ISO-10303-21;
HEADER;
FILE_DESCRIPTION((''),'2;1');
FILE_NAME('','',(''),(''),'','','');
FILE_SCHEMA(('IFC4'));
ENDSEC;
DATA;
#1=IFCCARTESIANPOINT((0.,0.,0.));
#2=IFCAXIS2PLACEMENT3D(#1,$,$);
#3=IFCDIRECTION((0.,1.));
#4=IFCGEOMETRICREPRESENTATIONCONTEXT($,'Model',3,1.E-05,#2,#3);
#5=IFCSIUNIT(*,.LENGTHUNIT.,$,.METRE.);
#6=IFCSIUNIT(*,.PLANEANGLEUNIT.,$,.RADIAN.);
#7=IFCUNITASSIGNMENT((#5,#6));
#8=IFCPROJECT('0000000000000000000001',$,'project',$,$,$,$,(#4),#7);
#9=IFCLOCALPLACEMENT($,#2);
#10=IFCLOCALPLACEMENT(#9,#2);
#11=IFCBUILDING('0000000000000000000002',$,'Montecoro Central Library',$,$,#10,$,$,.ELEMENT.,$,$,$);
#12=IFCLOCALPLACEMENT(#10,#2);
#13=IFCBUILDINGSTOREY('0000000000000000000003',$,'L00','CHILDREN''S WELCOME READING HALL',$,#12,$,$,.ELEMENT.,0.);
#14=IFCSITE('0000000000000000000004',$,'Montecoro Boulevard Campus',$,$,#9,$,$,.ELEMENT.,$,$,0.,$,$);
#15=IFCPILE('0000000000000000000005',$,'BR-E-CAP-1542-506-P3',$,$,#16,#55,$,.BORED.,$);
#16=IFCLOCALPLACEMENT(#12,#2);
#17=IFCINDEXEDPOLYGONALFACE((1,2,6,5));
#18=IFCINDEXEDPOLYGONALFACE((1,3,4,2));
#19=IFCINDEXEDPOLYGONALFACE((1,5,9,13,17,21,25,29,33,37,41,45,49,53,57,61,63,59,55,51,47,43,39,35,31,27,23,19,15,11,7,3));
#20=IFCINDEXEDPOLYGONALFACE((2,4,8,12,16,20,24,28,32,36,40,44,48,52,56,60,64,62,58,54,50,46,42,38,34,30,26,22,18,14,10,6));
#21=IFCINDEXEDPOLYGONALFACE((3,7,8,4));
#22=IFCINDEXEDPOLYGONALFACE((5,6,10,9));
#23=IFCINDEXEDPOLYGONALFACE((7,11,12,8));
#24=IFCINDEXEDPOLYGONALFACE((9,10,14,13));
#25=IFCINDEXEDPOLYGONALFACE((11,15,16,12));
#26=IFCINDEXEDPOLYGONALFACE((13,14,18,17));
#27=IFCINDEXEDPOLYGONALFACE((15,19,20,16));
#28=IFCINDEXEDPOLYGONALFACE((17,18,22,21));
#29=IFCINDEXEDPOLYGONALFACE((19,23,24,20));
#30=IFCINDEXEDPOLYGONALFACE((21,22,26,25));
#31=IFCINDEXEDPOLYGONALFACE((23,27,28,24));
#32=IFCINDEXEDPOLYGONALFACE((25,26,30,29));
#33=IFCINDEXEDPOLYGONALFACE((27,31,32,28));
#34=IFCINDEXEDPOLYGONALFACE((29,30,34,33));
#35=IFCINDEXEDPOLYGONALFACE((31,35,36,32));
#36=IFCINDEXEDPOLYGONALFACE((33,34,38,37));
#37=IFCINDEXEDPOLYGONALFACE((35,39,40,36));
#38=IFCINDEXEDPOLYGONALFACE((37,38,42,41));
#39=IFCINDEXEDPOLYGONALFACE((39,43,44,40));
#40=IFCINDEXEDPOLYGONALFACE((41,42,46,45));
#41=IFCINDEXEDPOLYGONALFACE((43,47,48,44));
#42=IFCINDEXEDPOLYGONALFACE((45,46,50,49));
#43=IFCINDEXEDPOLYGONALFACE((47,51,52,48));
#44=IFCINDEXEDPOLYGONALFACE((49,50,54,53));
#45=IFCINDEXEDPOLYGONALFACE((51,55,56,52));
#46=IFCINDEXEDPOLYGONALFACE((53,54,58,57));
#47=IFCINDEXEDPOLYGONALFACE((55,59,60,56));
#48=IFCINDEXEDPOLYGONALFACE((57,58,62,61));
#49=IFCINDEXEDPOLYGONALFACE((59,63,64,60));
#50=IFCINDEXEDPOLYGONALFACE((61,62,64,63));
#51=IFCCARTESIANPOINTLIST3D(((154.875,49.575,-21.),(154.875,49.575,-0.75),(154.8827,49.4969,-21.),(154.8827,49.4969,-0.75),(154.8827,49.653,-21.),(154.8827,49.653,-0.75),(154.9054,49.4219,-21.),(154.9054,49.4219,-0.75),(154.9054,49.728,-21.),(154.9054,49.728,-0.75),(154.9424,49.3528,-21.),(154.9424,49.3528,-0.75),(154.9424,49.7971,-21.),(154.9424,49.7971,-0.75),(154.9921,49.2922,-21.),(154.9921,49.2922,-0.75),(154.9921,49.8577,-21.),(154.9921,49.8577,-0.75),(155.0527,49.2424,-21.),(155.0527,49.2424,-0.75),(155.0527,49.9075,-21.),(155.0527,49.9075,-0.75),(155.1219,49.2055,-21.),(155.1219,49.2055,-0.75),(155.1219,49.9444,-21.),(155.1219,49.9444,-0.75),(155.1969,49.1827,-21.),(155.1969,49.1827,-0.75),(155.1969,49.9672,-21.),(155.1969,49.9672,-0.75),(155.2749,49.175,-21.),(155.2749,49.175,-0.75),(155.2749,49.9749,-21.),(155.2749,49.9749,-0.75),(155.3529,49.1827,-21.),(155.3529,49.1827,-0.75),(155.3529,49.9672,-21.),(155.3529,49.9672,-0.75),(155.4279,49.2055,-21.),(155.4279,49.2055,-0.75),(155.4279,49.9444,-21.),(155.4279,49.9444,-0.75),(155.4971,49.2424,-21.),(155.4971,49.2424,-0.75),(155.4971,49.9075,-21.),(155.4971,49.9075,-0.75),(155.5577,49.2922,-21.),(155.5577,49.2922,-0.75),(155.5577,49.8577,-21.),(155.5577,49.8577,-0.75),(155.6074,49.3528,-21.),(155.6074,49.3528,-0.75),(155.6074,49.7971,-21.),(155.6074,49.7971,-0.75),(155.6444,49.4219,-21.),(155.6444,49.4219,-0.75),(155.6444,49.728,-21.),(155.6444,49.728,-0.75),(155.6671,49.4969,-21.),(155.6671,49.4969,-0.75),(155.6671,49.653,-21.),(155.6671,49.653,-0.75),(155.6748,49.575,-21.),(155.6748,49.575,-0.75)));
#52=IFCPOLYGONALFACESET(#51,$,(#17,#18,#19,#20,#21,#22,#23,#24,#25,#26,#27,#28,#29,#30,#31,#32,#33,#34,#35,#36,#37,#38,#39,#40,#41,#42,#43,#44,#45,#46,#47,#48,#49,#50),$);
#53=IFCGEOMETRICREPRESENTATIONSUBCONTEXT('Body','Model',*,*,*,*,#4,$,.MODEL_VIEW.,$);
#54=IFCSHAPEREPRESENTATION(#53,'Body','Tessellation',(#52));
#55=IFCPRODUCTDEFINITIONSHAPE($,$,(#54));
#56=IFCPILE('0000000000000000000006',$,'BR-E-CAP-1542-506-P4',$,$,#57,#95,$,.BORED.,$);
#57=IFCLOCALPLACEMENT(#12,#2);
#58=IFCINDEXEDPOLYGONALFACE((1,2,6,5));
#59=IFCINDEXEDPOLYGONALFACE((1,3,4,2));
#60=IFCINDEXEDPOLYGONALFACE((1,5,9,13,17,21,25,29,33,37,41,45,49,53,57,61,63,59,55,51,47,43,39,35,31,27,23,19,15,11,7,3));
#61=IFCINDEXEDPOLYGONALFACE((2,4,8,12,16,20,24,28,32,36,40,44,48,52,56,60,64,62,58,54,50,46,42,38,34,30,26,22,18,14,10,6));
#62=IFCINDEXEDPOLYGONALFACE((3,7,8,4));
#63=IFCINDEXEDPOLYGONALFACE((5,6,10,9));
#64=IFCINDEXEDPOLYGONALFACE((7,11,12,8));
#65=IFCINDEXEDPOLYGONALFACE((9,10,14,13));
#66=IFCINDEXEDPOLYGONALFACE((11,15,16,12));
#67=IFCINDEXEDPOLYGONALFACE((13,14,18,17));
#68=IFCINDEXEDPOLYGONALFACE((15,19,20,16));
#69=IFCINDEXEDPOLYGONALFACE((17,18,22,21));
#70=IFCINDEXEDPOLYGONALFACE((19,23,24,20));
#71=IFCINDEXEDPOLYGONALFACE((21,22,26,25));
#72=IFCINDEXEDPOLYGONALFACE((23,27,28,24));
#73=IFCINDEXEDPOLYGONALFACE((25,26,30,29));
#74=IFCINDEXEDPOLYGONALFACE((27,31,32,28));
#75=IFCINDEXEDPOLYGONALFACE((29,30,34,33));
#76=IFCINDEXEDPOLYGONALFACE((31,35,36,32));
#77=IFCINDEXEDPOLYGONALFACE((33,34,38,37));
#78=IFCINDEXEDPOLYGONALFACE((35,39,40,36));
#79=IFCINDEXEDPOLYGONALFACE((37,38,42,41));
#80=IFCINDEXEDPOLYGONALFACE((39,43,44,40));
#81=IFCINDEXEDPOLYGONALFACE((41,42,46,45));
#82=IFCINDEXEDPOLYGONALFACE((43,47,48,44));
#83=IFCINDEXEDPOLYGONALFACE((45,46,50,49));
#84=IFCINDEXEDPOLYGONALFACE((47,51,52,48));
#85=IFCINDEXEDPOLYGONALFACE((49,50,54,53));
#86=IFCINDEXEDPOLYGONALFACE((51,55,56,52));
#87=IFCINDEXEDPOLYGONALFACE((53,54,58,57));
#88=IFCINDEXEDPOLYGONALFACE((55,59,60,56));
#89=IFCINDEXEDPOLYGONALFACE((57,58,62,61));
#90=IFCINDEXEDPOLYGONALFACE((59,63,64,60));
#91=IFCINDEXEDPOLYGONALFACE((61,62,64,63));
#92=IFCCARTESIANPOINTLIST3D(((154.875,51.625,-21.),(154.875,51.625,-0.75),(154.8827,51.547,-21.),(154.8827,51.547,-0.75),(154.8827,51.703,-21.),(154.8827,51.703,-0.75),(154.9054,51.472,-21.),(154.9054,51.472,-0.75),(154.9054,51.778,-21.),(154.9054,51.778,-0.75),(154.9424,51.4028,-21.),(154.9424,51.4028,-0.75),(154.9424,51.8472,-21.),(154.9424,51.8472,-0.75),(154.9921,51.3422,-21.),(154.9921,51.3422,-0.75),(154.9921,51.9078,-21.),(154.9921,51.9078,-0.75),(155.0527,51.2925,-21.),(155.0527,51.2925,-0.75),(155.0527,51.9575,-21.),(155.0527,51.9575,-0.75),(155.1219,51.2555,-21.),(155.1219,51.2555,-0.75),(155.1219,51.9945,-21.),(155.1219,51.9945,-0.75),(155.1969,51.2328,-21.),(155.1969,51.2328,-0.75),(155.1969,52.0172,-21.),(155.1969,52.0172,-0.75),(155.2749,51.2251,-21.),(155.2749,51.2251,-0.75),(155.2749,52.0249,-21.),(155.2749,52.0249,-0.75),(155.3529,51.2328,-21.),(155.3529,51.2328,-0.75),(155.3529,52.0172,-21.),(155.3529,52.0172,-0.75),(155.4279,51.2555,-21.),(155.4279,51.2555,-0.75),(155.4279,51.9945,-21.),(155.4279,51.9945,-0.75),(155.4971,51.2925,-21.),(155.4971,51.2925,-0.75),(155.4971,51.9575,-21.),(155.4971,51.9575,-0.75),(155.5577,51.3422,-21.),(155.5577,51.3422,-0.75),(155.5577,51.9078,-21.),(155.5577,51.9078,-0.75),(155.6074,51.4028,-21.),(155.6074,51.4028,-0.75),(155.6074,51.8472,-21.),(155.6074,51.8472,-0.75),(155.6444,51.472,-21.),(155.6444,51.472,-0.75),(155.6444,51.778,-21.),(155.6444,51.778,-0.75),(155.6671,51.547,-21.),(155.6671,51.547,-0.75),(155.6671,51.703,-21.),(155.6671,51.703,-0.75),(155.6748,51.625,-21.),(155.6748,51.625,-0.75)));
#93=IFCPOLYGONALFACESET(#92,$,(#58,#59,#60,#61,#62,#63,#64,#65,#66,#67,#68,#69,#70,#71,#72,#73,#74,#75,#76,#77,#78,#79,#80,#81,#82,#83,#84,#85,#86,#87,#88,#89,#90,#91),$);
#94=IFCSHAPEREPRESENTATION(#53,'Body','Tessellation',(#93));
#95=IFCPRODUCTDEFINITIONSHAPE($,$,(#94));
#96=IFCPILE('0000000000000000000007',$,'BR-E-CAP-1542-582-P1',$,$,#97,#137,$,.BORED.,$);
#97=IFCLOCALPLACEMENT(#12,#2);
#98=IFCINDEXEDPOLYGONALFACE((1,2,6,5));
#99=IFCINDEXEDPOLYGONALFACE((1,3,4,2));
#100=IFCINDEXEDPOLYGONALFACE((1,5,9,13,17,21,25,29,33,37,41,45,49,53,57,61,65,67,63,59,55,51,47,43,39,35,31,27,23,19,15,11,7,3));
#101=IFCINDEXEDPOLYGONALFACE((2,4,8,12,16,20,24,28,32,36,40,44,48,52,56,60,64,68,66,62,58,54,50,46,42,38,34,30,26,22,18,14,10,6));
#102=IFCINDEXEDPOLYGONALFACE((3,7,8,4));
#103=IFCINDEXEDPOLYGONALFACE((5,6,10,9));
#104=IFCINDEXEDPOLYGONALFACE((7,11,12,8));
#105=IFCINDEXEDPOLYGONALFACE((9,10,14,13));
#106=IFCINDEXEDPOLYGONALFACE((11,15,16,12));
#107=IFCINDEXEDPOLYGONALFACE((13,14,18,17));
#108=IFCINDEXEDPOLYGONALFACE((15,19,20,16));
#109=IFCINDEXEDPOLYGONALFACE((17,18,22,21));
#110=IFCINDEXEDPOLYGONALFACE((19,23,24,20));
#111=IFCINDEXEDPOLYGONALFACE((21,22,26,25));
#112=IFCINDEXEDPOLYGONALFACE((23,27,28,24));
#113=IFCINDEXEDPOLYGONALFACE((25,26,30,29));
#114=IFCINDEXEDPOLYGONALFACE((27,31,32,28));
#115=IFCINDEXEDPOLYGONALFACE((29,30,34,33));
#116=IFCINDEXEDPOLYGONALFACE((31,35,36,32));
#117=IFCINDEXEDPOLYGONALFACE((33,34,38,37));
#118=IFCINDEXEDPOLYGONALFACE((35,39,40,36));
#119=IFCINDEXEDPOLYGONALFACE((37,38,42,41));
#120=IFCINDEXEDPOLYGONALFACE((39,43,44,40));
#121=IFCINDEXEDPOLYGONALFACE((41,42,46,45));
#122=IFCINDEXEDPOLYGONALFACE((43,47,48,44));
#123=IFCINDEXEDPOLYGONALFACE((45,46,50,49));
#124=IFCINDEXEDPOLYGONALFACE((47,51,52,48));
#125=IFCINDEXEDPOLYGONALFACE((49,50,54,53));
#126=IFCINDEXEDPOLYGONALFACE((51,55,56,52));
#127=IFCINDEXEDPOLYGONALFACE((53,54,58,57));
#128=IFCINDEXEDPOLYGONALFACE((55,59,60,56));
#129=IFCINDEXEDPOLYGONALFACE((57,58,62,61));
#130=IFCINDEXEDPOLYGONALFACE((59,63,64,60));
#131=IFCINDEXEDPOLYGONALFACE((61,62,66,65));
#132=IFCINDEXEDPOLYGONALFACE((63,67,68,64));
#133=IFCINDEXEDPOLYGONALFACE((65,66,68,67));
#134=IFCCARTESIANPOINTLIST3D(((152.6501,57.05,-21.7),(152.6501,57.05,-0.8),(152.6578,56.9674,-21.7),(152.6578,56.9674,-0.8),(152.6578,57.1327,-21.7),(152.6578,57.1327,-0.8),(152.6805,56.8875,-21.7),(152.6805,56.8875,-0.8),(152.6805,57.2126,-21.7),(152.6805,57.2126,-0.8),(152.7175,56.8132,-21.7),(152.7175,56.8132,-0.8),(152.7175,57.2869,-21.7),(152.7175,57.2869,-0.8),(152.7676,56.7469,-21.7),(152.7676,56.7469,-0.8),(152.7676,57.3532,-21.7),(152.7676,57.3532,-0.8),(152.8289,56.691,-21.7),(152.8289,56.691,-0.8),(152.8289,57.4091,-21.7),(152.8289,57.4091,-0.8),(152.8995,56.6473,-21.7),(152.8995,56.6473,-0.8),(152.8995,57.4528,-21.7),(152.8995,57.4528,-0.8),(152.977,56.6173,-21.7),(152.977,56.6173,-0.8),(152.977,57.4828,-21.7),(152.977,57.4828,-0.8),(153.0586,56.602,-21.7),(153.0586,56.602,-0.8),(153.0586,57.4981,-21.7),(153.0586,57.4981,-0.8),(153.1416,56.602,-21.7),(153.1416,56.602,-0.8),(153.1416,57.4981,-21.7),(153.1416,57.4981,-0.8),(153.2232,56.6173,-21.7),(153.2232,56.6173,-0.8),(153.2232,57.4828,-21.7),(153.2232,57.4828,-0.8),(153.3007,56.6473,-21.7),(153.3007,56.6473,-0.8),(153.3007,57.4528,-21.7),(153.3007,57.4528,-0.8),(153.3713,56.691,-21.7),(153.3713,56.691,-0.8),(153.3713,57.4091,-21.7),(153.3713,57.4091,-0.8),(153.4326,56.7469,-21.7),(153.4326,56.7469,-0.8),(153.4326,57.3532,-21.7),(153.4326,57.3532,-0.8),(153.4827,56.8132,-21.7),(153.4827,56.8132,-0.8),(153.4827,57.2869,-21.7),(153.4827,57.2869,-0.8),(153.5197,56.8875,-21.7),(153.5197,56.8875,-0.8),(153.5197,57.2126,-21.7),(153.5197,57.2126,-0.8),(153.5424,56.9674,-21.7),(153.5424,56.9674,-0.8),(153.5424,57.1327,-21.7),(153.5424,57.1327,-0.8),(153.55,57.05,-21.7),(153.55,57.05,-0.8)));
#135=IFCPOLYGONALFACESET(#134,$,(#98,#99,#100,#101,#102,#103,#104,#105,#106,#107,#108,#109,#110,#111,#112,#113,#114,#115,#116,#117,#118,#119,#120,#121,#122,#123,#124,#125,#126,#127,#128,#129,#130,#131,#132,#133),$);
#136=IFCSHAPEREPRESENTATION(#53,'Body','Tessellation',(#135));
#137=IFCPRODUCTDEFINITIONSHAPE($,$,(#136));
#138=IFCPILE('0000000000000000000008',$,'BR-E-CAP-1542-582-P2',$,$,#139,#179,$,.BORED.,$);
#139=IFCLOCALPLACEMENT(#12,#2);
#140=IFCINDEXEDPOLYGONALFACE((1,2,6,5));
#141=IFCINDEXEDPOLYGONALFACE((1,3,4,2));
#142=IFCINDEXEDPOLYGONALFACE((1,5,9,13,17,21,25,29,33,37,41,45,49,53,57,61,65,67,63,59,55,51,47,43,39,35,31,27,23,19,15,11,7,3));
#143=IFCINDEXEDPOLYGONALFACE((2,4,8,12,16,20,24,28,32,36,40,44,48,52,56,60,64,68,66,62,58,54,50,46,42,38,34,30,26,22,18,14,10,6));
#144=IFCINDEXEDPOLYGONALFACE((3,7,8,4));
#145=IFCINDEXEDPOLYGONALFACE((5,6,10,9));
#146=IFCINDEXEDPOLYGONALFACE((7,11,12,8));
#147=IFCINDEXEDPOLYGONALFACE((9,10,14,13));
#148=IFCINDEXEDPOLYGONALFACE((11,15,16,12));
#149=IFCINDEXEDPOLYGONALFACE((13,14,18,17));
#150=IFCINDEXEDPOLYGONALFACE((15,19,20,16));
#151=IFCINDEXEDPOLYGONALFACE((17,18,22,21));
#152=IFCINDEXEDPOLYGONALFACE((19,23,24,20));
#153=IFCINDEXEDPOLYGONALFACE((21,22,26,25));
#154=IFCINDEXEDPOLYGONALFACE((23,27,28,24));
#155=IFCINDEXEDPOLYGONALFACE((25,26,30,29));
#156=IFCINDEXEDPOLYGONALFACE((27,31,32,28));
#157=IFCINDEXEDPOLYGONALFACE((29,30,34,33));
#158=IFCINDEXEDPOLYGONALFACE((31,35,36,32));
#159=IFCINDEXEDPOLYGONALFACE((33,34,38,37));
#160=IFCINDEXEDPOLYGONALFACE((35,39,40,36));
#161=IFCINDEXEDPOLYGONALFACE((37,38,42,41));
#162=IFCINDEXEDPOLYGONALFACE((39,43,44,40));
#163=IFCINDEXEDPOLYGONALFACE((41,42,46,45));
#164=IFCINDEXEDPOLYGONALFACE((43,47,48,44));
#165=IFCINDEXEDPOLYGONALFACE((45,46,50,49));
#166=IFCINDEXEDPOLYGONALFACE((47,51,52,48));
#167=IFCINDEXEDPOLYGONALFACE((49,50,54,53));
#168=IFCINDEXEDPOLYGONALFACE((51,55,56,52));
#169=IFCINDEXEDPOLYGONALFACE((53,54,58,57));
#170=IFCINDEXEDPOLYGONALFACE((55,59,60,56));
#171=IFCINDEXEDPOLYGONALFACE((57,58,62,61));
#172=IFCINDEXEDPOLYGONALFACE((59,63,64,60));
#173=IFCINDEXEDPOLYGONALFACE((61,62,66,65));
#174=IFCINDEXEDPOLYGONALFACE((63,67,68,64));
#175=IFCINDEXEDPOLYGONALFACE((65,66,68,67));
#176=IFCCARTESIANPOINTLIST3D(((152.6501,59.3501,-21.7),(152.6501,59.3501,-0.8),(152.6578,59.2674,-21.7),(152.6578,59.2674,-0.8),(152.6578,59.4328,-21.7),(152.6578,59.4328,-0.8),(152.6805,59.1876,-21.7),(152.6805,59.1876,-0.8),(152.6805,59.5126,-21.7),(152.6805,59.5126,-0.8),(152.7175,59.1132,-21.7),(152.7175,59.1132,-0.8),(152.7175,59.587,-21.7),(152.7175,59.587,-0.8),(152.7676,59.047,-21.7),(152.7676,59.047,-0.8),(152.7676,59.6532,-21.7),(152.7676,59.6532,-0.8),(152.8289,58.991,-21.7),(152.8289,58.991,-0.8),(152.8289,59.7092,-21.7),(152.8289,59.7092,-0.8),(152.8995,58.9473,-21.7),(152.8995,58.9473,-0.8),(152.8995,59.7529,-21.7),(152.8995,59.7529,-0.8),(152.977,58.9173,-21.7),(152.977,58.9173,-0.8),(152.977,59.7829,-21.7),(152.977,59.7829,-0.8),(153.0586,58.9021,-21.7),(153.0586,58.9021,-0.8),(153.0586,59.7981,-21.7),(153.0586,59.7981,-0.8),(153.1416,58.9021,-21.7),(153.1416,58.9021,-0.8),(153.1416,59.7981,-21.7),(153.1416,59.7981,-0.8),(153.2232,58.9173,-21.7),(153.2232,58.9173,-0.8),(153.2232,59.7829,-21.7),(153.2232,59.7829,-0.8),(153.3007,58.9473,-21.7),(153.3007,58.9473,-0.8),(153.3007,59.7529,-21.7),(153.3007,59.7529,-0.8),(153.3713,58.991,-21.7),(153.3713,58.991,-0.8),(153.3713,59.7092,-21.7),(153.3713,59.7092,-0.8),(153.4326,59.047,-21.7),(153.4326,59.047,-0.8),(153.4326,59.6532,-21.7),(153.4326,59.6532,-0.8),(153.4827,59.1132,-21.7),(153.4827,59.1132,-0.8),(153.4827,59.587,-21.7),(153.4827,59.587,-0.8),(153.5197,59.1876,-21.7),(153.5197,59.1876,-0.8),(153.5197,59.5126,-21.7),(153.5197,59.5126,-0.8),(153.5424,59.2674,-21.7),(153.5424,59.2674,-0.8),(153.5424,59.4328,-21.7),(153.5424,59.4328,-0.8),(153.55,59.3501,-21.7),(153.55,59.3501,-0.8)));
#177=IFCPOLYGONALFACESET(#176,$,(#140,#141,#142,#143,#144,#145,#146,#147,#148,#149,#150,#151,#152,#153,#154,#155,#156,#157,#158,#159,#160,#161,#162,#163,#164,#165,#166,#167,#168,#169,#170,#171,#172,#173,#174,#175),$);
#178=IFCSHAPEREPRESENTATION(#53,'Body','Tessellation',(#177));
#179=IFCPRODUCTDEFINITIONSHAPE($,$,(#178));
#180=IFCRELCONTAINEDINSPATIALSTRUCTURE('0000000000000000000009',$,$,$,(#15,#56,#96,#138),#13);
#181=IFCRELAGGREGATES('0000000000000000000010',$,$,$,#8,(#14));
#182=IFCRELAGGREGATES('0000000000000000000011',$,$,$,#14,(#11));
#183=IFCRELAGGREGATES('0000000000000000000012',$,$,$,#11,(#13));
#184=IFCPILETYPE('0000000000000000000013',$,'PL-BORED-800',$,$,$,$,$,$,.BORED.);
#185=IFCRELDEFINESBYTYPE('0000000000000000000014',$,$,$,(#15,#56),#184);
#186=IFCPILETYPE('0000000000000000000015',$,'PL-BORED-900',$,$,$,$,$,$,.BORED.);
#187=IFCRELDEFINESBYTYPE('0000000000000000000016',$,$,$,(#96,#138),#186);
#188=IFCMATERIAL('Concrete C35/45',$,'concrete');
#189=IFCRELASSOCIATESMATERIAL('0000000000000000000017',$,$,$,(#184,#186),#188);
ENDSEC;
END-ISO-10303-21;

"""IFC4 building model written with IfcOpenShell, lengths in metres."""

from ifc_helpers import new_model, si_unit, direction, frame, origin, origin_2d, place, context, subcontext, project, spatial, circle, extrude, material, material_profile, profile_set, type_object, element, save


model = new_model("IFC4")

# Units and contexts
model_context = context("Model", 3, precision=1e-05, world=origin(), true_north=direction((0.0, 1.0)))
body_context = subcontext(model_context, "Body", "Model", "MODEL_VIEW")
ifc_project = project(units=[si_unit("LENGTHUNIT", "METRE"), si_unit("PLANEANGLEUNIT", "RADIAN")], contexts=[model_context])

# Site, building, storey
site_placement = place(None, origin())
site = spatial("IfcSite", under=ifc_project, at=site_placement, Name="Montecoro Boulevard Campus", CompositionType="ELEMENT", RefElevation=0.0)
building_placement = place(site_placement, origin())
building = spatial("IfcBuilding", under=site, at=building_placement, Name="Montecoro Central Library", CompositionType="ELEMENT")
storey_placement = place(building_placement, origin())
storey = spatial("IfcBuildingStorey", under=building, at=storey_placement, Name="L00", Description="CHILDREN'S WELCOME READING HALL", CompositionType="ELEMENT", Elevation=0.0)

# Shared definitions
ifc_material_1 = material(Name="Concrete C35/45", Category="concrete")

# Piles
ifc_material_profile_1 = material_profile(ifc_material_1, circle(Radius=0.3999, at=origin_2d()), Name="PILE D800")
ifc_profile_set_1 = profile_set([ifc_material_profile_1], Name="Concrete C35/45")
pile_type_1 = type_object("IfcPileType", Name="PL-BORED-800", PredefinedType="BORED", material=ifc_profile_set_1)
for number, where, z_axis, x_axis, name in (
    (1, (155.2749, 49.575, -0.75), (0.0, 0.0, -1.0), (1.0, 0.0, 0.0), "BR-E-CAP-1542-506-P3"),
    (2, (155.2749, 51.625, -0.75), (0.0, 0.0, -1.0), (1.0, 0.0, 0.0), "BR-E-CAP-1542-506-P4"),
):
    element("IfcPile", number, at=place(storey_placement, frame(where, z_axis=z_axis, x_axis=x_axis)), inside=storey, type_object=pile_type_1, Name=name, PredefinedType="BORED", context=body_context, shape_type="SweptSolid", body=[
        extrude(circle(Radius=0.3999, at=origin_2d()), origin(), (0.0, 0.0, 1.0), 20.25),
    ])
ifc_material_profile_2 = material_profile(ifc_material_1, circle(Radius=0.45, at=origin_2d()), Name="PILE D900")
ifc_profile_set_2 = profile_set([ifc_material_profile_2], Name="Concrete C35/45")
pile_type_2 = type_object("IfcPileType", Name="PL-BORED-900", PredefinedType="BORED", material=ifc_profile_set_2)
for number, where, z_axis, x_axis, name in (
    (3, (153.1001, 57.05, -0.8), (0.0, 0.0, -1.0), (1.0, 0.0, 0.0), "BR-E-CAP-1542-582-P1"),
    (4, (153.1001, 59.3501, -0.8), (0.0, 0.0, -1.0), (1.0, 0.0, 0.0), "BR-E-CAP-1542-582-P2"),
):
    element("IfcPile", number, at=place(storey_placement, frame(where, z_axis=z_axis, x_axis=x_axis)), inside=storey, type_object=pile_type_2, Name=name, PredefinedType="BORED", context=body_context, shape_type="SweptSolid", body=[
        extrude(circle(Radius=0.45, at=origin_2d()), origin(), (0.0, 0.0, 1.0), 20.8999),
    ])

save(model, "model.ifc")
